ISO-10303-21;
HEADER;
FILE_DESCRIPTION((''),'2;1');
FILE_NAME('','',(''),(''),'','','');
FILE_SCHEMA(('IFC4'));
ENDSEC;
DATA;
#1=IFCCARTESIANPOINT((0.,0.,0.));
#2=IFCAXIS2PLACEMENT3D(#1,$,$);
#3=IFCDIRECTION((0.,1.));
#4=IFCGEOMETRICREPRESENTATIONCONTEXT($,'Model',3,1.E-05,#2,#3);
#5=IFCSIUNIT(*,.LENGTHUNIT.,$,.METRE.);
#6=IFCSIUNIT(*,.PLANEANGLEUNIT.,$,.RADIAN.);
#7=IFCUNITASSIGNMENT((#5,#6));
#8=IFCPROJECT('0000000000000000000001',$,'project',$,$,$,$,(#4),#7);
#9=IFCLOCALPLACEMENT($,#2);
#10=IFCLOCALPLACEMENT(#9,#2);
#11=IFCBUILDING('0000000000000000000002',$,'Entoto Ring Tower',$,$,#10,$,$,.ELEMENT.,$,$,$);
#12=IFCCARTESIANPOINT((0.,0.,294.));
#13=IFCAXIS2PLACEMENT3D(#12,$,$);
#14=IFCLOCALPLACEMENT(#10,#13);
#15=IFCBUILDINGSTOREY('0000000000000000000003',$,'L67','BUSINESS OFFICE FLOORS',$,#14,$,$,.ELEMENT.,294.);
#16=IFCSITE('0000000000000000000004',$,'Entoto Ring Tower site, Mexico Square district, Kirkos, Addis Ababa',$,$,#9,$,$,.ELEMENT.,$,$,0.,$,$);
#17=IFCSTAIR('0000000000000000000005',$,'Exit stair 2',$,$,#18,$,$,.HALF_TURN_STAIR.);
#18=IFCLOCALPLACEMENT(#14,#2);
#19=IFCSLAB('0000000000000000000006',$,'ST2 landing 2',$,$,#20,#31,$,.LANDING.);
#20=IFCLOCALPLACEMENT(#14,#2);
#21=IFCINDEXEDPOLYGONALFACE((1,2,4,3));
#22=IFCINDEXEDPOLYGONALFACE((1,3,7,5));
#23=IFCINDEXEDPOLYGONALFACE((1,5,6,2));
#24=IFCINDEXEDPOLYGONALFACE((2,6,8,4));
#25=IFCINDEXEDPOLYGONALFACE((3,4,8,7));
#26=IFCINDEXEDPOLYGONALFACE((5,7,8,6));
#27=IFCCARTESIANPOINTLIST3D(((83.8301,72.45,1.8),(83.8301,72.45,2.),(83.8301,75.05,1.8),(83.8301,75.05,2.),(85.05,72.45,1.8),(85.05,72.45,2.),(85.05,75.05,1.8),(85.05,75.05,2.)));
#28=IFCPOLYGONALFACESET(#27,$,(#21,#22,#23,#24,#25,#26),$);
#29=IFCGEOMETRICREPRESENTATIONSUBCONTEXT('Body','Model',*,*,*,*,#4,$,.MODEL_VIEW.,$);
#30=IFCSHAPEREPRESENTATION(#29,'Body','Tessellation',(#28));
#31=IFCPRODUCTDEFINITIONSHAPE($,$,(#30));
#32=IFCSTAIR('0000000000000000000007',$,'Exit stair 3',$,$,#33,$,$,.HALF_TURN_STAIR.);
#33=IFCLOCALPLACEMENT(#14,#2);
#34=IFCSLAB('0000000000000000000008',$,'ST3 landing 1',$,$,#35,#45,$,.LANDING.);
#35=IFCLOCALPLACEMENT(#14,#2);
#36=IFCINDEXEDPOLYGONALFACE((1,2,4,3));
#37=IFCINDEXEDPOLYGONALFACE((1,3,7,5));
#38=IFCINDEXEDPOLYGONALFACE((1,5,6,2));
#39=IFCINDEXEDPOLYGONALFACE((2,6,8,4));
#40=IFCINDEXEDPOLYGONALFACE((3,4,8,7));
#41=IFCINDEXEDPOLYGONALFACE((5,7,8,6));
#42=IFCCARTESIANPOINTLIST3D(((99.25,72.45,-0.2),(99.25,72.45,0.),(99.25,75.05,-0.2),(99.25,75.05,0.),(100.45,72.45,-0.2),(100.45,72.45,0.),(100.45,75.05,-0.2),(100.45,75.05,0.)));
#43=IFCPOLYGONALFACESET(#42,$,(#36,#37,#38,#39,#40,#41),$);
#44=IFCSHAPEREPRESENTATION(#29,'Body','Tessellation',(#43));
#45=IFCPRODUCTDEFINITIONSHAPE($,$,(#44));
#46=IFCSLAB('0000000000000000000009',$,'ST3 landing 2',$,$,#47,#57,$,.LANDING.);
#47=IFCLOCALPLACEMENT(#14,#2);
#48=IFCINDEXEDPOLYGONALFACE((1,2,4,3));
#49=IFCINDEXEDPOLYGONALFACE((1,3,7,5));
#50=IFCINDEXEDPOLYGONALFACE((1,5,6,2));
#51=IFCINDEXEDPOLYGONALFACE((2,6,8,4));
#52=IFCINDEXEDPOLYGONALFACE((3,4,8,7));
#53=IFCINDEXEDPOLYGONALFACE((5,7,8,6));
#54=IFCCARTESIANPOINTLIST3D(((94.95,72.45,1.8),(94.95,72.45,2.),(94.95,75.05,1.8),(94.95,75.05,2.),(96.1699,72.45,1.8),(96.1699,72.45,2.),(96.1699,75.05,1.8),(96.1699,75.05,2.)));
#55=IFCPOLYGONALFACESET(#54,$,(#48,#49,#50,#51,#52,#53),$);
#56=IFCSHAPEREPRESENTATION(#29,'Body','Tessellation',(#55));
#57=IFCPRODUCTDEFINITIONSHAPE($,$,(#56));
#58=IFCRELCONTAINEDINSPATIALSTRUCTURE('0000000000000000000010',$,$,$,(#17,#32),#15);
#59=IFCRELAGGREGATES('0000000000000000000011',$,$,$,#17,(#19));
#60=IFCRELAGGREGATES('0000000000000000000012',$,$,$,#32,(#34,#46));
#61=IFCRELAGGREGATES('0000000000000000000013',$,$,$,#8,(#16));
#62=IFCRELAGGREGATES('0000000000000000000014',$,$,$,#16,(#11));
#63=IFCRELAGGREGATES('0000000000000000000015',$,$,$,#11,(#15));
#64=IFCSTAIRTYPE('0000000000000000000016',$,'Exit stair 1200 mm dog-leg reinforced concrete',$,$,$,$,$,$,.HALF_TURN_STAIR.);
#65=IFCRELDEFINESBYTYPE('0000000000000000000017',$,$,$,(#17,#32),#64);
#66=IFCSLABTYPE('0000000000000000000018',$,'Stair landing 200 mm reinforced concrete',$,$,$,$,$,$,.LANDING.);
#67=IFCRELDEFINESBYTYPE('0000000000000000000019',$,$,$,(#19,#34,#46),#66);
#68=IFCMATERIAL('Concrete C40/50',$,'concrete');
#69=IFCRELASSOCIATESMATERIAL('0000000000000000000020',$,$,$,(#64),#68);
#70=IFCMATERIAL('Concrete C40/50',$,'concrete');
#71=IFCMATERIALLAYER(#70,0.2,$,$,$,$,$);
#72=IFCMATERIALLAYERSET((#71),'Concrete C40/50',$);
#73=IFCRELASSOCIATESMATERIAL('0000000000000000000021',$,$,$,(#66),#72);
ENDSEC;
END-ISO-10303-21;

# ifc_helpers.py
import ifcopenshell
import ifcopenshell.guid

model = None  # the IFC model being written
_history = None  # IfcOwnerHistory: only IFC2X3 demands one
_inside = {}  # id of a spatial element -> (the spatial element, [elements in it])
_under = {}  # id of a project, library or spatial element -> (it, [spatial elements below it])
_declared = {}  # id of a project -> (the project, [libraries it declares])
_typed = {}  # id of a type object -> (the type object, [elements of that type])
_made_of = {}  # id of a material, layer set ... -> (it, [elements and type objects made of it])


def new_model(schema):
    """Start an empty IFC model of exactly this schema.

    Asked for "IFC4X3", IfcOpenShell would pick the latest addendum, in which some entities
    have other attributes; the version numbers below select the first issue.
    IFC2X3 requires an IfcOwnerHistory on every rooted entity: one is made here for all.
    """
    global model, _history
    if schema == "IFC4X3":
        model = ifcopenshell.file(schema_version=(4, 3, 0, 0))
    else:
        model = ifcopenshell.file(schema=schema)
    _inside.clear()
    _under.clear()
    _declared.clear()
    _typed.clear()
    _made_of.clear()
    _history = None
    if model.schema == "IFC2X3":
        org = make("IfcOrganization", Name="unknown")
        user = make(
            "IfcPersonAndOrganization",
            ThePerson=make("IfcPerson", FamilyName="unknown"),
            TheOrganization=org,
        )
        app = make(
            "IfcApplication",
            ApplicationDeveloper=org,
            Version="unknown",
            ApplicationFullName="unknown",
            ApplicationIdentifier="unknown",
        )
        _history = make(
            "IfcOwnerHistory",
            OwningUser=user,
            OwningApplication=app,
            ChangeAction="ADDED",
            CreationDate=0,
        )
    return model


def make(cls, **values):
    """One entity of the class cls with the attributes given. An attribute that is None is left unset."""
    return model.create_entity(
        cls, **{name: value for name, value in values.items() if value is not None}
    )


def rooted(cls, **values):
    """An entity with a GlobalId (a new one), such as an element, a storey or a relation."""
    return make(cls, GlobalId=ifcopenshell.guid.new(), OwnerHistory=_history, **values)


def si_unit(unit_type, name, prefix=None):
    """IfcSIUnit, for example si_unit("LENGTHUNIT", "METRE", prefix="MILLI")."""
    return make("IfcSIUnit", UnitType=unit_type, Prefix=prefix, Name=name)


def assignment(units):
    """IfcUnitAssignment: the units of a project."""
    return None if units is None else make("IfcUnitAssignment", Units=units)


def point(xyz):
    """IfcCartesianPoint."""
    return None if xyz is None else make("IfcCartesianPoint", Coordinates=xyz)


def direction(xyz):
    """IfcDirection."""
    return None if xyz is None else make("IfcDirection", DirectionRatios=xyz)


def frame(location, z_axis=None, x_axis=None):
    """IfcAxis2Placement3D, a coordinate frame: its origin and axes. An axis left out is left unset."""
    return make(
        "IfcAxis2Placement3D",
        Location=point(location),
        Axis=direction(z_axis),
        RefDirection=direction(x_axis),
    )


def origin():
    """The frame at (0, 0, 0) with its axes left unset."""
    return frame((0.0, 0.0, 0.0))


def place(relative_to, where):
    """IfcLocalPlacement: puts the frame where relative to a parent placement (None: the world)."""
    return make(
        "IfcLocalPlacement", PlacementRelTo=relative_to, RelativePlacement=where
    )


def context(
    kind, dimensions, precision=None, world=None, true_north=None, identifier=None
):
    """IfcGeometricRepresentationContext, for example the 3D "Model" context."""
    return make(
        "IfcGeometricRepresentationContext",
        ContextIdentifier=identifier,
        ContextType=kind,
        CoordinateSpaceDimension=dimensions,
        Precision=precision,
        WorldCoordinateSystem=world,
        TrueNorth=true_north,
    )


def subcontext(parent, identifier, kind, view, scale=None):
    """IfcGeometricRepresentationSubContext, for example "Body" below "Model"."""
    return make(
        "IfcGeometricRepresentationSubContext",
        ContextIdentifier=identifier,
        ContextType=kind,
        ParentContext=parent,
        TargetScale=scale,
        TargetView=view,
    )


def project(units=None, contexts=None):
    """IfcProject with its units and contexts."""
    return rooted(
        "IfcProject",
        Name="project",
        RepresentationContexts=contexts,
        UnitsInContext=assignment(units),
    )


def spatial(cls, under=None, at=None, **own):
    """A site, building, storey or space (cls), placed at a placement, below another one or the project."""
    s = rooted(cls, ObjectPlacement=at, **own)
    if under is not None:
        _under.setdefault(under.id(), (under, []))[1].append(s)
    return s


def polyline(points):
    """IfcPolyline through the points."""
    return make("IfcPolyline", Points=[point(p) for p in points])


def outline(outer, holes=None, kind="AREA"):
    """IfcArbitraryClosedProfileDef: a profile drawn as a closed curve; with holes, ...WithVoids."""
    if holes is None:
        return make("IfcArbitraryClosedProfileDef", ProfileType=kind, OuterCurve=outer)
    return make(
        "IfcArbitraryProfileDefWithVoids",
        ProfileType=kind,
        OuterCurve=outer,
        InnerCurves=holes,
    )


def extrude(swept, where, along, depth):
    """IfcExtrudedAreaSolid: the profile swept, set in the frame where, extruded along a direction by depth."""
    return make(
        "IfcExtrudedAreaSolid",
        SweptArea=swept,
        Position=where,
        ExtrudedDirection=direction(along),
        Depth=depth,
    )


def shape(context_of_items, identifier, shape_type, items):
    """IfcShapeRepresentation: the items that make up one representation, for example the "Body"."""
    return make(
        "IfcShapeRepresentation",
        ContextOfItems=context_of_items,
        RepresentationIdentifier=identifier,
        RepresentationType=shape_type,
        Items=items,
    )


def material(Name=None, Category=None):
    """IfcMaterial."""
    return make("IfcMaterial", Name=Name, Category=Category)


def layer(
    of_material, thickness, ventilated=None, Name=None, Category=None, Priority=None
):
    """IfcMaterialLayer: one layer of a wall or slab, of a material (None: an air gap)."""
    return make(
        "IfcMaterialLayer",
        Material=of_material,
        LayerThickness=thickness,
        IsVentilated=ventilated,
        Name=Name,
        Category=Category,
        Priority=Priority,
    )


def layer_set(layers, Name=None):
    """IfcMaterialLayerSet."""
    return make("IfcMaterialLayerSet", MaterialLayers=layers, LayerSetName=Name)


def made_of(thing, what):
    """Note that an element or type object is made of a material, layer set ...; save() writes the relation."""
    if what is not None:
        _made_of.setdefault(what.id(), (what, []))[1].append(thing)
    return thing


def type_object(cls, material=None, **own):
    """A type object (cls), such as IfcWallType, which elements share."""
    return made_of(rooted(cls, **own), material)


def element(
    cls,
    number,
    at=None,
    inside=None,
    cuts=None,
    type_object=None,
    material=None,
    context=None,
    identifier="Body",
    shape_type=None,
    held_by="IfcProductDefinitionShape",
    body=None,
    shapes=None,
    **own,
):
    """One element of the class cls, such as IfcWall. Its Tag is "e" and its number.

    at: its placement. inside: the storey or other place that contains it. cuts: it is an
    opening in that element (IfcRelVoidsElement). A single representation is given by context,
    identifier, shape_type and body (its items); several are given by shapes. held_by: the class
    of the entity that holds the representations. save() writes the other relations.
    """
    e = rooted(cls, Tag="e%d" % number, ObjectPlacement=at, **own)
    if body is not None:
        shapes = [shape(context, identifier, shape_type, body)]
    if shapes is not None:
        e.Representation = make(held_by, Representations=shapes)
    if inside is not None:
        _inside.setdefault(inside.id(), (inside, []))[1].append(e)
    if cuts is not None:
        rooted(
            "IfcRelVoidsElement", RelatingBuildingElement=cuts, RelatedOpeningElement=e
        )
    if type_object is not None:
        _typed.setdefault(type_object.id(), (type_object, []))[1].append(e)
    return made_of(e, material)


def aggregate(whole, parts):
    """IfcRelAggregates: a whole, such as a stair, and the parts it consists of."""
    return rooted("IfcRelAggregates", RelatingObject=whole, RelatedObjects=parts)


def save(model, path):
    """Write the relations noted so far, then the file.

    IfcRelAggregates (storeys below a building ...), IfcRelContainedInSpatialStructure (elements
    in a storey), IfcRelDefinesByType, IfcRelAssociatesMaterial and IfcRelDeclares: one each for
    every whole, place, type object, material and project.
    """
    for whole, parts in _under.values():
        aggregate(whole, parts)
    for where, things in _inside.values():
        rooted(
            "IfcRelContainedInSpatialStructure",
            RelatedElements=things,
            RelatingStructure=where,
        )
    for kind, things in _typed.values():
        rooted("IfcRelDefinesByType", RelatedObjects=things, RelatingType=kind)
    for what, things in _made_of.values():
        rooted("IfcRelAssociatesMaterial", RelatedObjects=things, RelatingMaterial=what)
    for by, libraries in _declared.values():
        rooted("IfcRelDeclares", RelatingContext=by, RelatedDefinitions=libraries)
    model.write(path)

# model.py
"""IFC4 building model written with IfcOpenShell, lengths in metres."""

from ifc_helpers import new_model, si_unit, direction, frame, origin, place, context, subcontext, project, spatial, polyline, outline, extrude, material, layer, layer_set, type_object, element, aggregate, save


model = new_model("IFC4")

# Units and contexts
model_context = context("Model", 3, precision=1e-05, world=origin(), true_north=direction((0.0, 1.0)))
body_context = subcontext(model_context, "Body", "Model", "MODEL_VIEW")
ifc_project = project(units=[si_unit("LENGTHUNIT", "METRE"), si_unit("PLANEANGLEUNIT", "RADIAN")], contexts=[model_context])

# Site, building, storey
site_placement = place(None, origin())
site = spatial("IfcSite", under=ifc_project, at=site_placement, Name="Entoto Ring Tower site, Mexico Square district, Kirkos, Addis Ababa", CompositionType="ELEMENT", RefElevation=0.0)
building_placement = place(site_placement, origin())
building = spatial("IfcBuilding", under=site, at=building_placement, Name="Entoto Ring Tower", CompositionType="ELEMENT")
storey_placement = place(building_placement, frame((0.0, 0.0, 294.0)))
storey = spatial("IfcBuildingStorey", under=building, at=storey_placement, Name="L67", Description="BUSINESS OFFICE FLOORS", CompositionType="ELEMENT", Elevation=294.0)

# Stairs, slabs
ifc_material_1 = material(Name="Concrete C40/50", Category="concrete")
stair_type = type_object("IfcStairType", Name="Exit stair 1200 mm dog-leg reinforced concrete", PredefinedType="HALF_TURN_STAIR", material=ifc_material_1)
stair_1_placement = place(storey_placement, origin())
stair_1 = element("IfcStair", 1, at=stair_1_placement, inside=storey, type_object=stair_type, Name="Exit stair 2", PredefinedType="HALF_TURN_STAIR")
ifc_material_2 = material(Name="Concrete C40/50", Category="concrete")
ifc_layer_1 = layer(ifc_material_2, 0.2)
ifc_layer_set_1 = layer_set([ifc_layer_1], Name="Concrete C40/50")
slab_type_1 = type_object("IfcSlabType", Name="Stair landing 200 mm reinforced concrete", PredefinedType="LANDING", material=ifc_layer_set_1)
slab_1_placement = place(storey_placement, frame((0.0, 0.0, 1.8)))
slab_1 = element("IfcSlab", 2, at=slab_1_placement, type_object=slab_type_1, Name="ST2 landing 2", PredefinedType="LANDING", context=body_context, shape_type="SweptSolid", body=[
    extrude(outline(polyline([(83.8301, 72.45), (85.05, 72.45), (85.05, 75.05), (83.8301, 75.05), (83.8301, 72.45)])), origin(), (0.0, 0.0, 1.0), 0.2),
])
aggregate(stair_1, [slab_1])
stair_2_placement = place(storey_placement, origin())
stair_2 = element("IfcStair", 3, at=stair_2_placement, inside=storey, type_object=stair_type, Name="Exit stair 3", PredefinedType="HALF_TURN_STAIR")
slab_2_placement = place(storey_placement, frame((0.0, 0.0, -0.2)))
slab_2 = element("IfcSlab", 4, at=slab_2_placement, type_object=slab_type_1, Name="ST3 landing 1", PredefinedType="LANDING", context=body_context, shape_type="SweptSolid", body=[
    extrude(outline(polyline([(100.45, 72.45), (100.45, 75.05), (99.25, 75.05), (99.25, 72.45), (100.45, 72.45)])), origin(), (0.0, 0.0, 1.0), 0.2),
])
slab_3_placement = place(storey_placement, frame((0.0, 0.0, 1.8)))
slab_3 = element("IfcSlab", 5, at=slab_3_placement, type_object=slab_type_1, Name="ST3 landing 2", PredefinedType="LANDING", context=body_context, shape_type="SweptSolid", body=[
    extrude(outline(polyline([(94.95, 72.45), (96.1699, 72.45), (96.1699, 75.05), (94.95, 75.05), (94.95, 72.45)])), origin(), (0.0, 0.0, 1.0), 0.2),
])
aggregate(stair_2, [slab_2, slab_3])

save(model, "model.ifc")
